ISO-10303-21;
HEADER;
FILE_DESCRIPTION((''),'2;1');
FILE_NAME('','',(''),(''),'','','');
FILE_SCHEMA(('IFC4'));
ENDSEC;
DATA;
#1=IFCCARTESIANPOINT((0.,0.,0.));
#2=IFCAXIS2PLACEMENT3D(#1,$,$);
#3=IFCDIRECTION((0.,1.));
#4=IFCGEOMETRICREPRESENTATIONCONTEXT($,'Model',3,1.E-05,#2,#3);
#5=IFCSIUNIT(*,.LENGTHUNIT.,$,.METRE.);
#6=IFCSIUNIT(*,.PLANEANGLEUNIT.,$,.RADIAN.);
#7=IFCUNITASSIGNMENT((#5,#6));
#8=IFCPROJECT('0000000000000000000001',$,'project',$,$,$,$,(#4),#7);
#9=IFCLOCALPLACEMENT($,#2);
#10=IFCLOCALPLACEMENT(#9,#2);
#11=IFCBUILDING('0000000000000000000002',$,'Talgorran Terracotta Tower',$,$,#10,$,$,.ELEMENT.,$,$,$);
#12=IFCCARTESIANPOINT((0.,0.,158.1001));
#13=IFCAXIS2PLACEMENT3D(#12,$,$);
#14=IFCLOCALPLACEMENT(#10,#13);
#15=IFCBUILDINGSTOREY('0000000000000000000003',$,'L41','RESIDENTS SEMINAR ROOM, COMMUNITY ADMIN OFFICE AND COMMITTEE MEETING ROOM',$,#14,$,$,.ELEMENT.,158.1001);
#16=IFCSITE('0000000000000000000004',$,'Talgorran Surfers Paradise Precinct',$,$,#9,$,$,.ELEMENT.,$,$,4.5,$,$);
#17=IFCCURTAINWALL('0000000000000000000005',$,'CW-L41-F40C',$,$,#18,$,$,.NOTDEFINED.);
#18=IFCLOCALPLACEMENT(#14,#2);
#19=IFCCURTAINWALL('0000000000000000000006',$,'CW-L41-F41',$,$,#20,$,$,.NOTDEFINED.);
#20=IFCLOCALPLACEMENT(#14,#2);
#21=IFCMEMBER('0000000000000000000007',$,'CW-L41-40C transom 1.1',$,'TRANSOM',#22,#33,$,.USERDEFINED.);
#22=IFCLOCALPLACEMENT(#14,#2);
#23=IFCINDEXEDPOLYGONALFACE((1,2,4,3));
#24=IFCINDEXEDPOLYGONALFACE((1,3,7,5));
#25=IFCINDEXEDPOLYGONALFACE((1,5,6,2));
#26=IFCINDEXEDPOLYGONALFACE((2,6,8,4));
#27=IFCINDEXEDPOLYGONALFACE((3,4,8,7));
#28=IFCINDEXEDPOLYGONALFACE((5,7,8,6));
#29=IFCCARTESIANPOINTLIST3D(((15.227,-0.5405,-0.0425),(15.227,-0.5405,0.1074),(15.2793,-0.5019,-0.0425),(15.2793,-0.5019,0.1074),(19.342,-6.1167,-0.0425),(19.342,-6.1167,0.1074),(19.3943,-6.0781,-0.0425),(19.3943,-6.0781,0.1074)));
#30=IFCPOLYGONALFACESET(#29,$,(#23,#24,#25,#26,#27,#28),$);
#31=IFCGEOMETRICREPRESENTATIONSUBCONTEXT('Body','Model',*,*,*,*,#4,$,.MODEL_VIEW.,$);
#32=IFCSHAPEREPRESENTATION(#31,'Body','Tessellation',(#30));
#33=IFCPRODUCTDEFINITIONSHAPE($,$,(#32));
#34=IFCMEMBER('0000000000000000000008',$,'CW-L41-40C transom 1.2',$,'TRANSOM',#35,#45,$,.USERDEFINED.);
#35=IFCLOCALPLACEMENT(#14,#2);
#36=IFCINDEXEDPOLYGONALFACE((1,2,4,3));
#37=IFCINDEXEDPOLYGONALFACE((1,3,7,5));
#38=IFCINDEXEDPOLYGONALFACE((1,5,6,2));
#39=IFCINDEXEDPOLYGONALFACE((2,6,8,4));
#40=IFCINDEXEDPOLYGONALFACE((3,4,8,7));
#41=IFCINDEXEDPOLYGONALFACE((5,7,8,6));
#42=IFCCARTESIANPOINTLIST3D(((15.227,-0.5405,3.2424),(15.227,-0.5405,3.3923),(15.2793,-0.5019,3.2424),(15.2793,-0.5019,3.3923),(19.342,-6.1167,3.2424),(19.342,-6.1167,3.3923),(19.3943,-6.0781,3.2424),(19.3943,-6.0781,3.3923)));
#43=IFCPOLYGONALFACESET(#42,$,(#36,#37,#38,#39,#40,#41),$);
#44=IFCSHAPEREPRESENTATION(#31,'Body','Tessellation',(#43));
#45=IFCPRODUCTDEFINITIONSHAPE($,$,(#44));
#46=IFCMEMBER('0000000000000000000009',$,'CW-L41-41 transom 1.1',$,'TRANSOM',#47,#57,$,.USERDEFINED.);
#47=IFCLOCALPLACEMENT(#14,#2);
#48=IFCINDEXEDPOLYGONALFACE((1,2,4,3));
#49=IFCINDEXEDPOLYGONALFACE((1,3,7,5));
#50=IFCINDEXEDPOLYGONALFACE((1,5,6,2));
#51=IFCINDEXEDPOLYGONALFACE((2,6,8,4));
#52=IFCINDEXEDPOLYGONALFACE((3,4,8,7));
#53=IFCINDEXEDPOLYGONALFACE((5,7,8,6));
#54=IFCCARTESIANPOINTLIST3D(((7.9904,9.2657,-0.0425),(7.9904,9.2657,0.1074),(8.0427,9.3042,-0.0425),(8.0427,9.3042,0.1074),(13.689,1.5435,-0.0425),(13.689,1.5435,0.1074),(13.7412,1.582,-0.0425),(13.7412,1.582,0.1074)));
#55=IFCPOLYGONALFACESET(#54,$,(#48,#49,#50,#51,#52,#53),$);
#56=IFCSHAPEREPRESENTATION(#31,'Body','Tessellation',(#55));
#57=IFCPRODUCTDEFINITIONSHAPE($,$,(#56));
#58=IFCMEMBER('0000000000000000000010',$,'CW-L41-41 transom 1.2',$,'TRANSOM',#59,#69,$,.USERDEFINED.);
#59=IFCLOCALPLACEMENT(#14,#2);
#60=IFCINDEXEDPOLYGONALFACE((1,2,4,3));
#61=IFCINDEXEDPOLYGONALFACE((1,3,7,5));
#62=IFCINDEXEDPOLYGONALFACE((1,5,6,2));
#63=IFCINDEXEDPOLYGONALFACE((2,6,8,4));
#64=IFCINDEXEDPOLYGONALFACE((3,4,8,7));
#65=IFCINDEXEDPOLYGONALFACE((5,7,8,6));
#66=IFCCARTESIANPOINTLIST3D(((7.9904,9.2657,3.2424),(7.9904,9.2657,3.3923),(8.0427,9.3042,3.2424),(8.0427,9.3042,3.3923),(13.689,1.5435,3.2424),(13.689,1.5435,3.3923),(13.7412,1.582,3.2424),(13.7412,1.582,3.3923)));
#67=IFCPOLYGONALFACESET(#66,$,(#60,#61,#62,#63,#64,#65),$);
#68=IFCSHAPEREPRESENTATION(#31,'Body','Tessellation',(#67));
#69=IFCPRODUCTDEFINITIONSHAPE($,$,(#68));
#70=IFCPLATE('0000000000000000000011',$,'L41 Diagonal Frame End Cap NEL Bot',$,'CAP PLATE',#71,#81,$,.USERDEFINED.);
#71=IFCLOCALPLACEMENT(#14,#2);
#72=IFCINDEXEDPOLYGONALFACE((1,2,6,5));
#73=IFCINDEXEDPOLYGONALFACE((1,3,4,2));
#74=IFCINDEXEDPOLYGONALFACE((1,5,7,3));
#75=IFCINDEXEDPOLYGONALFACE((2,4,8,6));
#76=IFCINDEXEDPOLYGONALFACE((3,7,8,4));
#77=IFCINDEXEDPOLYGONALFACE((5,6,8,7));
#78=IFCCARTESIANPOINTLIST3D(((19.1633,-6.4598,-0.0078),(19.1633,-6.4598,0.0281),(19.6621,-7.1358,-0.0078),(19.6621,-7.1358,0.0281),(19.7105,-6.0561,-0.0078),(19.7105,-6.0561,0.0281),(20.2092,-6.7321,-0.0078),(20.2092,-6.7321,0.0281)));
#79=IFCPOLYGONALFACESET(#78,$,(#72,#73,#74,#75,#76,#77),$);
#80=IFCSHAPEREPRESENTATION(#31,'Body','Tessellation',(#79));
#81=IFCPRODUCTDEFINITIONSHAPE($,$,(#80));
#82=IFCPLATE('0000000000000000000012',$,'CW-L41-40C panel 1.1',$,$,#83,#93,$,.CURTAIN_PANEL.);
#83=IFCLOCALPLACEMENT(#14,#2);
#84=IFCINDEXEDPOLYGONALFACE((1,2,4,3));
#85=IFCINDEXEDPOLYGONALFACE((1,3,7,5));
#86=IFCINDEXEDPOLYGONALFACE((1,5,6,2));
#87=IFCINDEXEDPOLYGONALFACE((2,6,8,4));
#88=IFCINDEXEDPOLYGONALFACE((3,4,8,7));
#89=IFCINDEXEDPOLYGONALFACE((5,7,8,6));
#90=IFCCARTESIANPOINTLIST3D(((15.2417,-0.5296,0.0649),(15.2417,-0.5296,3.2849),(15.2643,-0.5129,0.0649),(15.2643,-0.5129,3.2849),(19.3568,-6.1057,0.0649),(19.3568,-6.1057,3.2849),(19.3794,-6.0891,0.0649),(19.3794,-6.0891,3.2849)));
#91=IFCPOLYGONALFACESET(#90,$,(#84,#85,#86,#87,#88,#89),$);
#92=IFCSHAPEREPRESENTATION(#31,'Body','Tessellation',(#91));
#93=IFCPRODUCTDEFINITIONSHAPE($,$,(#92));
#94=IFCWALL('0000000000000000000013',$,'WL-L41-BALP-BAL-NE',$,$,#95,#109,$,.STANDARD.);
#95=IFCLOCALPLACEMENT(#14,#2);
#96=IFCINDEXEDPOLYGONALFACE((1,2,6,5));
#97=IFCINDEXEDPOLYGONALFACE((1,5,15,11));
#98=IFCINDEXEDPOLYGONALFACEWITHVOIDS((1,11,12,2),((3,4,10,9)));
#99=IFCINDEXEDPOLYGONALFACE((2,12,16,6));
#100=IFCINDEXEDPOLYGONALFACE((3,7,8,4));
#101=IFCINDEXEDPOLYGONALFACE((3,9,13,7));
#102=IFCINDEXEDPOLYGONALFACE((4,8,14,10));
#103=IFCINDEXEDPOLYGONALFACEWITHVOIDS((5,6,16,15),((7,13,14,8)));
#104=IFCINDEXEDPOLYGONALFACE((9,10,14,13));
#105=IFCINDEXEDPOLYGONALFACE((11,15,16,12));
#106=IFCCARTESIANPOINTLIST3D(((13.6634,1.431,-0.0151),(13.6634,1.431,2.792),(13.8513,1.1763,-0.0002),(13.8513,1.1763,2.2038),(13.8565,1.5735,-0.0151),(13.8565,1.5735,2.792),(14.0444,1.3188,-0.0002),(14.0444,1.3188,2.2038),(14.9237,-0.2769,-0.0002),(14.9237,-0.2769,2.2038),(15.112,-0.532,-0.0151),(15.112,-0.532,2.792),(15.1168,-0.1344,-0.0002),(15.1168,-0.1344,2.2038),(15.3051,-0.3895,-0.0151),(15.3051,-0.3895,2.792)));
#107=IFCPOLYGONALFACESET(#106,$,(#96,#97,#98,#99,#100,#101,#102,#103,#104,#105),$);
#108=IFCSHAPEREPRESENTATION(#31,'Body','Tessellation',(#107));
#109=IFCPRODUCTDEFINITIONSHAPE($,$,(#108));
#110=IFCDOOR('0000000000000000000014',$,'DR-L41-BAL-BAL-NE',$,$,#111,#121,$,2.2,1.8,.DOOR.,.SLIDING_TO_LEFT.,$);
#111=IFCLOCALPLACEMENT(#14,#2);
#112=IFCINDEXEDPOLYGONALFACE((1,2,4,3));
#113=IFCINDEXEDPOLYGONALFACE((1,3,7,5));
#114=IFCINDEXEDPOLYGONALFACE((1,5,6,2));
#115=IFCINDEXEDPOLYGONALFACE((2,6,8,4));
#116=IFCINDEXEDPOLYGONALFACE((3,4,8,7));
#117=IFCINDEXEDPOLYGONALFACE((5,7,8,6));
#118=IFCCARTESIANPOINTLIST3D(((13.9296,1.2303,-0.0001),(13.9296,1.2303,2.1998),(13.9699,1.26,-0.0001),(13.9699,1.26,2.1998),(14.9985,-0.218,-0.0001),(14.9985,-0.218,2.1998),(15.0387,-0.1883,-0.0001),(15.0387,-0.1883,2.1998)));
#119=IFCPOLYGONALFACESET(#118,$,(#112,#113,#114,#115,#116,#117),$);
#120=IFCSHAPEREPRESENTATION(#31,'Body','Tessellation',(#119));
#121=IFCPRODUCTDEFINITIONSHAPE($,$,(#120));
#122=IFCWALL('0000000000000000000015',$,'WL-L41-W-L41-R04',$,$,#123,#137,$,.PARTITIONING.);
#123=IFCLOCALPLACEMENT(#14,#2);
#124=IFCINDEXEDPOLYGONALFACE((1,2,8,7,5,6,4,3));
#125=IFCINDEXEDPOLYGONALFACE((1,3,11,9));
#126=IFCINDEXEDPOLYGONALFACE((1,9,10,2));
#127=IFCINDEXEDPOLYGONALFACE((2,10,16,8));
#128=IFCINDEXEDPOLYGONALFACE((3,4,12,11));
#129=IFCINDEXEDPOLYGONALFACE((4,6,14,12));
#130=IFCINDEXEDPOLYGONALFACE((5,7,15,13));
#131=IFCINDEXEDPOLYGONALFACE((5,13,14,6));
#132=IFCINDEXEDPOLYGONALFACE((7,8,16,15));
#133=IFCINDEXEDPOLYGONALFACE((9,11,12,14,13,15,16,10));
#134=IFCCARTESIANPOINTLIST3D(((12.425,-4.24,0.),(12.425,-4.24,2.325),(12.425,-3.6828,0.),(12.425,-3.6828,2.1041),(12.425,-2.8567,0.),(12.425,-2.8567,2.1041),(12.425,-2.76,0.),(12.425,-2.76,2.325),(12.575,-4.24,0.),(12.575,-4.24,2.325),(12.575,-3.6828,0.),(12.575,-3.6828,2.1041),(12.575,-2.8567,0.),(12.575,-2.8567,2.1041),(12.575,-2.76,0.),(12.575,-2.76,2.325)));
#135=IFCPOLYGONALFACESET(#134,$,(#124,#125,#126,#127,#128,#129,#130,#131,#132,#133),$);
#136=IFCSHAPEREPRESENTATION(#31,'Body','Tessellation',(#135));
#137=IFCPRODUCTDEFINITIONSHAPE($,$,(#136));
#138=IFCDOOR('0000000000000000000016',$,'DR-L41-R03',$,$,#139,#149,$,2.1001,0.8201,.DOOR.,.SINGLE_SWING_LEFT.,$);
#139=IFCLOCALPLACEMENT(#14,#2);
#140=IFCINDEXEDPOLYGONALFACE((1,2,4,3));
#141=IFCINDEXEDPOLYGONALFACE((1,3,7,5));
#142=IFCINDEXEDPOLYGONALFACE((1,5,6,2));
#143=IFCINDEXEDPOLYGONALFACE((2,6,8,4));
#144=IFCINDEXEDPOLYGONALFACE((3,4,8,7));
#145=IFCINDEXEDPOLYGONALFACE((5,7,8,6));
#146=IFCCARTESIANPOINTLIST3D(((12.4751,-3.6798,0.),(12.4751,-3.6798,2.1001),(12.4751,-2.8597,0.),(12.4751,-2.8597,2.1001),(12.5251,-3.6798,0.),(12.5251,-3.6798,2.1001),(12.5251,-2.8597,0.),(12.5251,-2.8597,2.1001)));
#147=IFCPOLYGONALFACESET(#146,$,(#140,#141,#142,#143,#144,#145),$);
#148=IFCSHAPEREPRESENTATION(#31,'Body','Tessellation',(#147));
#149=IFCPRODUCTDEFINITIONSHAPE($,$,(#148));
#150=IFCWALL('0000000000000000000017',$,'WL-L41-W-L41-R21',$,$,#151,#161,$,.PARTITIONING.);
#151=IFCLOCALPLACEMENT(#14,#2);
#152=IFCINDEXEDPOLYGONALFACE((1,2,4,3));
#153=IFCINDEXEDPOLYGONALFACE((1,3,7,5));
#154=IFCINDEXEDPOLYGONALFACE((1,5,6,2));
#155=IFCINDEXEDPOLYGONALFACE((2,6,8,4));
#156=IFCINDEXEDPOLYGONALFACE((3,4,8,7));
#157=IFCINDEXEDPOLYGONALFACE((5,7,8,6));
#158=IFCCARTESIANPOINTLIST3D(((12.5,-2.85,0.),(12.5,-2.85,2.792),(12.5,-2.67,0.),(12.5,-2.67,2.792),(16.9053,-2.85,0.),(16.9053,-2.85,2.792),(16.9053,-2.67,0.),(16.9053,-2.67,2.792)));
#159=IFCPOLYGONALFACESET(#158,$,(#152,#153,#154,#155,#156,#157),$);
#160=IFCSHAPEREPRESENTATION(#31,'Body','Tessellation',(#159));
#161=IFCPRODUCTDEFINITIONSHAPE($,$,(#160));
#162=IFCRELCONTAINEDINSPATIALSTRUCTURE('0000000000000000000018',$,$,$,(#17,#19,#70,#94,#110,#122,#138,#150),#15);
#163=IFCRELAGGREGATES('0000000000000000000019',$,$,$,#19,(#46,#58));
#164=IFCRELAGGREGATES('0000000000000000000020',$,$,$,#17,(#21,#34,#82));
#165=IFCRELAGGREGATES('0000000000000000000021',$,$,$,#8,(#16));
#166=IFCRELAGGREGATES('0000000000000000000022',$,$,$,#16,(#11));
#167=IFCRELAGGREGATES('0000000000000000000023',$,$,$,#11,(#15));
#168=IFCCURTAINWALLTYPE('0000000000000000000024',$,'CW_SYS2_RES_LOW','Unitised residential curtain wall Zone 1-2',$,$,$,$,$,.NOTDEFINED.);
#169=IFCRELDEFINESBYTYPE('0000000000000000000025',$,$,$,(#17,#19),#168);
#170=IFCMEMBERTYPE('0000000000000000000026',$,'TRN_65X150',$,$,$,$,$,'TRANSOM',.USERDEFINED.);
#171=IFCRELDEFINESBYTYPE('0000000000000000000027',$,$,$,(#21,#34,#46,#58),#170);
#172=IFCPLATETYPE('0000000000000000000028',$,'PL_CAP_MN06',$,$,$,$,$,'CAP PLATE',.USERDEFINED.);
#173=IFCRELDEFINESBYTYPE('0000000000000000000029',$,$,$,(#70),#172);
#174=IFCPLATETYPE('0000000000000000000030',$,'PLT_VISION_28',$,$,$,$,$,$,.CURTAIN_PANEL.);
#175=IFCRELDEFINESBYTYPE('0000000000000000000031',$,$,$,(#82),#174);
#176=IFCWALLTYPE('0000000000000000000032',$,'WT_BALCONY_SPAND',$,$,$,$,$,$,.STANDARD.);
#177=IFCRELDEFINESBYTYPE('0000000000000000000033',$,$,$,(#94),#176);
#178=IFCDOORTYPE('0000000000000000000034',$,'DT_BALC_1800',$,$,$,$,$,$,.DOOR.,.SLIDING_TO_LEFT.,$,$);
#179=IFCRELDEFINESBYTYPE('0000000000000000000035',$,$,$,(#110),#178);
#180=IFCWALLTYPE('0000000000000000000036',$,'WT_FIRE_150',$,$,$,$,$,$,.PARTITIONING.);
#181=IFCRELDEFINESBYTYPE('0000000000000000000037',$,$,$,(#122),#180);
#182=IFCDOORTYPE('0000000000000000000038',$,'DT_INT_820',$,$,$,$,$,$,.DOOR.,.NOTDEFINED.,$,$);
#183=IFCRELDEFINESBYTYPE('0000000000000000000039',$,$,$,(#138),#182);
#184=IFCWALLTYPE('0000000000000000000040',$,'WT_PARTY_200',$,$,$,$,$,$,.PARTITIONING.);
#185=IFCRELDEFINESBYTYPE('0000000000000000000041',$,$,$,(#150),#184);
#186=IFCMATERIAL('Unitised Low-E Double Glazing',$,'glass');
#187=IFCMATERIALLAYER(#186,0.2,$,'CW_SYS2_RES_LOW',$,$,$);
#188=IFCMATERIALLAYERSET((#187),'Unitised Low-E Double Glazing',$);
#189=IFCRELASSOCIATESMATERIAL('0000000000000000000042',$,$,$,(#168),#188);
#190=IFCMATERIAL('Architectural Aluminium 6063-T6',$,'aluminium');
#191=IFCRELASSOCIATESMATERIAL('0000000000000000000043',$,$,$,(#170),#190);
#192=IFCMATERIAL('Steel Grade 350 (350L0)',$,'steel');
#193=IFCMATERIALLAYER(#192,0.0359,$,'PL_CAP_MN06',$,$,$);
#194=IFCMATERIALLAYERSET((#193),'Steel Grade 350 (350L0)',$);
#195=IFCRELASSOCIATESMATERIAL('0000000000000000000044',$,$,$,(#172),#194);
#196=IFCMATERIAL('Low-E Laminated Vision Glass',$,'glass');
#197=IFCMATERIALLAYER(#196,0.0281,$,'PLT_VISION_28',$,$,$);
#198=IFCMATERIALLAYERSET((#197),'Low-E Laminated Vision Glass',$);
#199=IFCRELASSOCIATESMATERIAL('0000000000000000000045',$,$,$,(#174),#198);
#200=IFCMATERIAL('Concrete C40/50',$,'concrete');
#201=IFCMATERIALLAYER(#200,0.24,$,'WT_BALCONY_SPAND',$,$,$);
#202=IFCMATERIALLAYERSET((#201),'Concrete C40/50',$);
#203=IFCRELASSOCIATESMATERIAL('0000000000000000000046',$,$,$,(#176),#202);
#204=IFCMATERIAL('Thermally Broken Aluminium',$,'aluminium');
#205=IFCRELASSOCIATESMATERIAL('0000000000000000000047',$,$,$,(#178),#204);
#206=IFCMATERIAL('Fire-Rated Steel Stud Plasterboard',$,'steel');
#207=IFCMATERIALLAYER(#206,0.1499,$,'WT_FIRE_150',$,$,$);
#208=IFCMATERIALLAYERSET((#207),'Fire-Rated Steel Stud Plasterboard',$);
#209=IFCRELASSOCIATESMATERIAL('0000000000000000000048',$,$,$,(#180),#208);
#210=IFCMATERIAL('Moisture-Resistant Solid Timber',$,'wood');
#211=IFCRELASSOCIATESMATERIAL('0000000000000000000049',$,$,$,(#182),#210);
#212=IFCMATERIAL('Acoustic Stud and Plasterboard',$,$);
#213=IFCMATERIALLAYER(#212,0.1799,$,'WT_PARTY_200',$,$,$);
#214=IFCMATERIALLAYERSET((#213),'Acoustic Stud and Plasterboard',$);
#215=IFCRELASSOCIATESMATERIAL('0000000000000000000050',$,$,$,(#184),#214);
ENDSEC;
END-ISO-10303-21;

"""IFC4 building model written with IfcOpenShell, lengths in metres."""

from ifc_helpers import new_model, si_unit, direction, frame, frame_2d, origin, origin_2d, place, context, subcontext, project, spatial, rectangle, extrude, source, transform, mapped, material, layer, layer_set, material_profile, profile_set, type_object, type_shapes, element, fill, aggregate, save


model = new_model("IFC4")

# Units and contexts
model_context = context("Model", 3, precision=1e-05, world=origin(), true_north=direction((0.0, 1.0)))
body_context = subcontext(model_context, "Body", "Model", "MODEL_VIEW")
ifc_project = project(units=[si_unit("LENGTHUNIT", "METRE"), si_unit("PLANEANGLEUNIT", "RADIAN")], contexts=[model_context])

# Site, building, storey
site_placement = place(None, origin())
site = spatial("IfcSite", under=ifc_project, at=site_placement, Name="Talgorran Surfers Paradise Precinct", CompositionType="ELEMENT", RefElevation=4.5)
building_placement = place(site_placement, origin())
building = spatial("IfcBuilding", under=site, at=building_placement, Name="Talgorran Terracotta Tower", CompositionType="ELEMENT")
storey_placement = place(building_placement, frame((0.0, 0.0, 158.1001)))
storey = spatial("IfcBuildingStorey", under=building, at=storey_placement, Name="L41", Description="RESIDENTS SEMINAR ROOM, COMMUNITY ADMIN OFFICE AND COMMITTEE MEETING ROOM", CompositionType="ELEMENT", Elevation=158.1001)

# Shared definitions
ifc_material_1 = material(Name="Steel Grade 350 (350L0)", Category="steel")

# Shared definitions
ifc_material_2 = material(Name="Unitised Low-E Double Glazing", Category="glass")
ifc_layer_1 = layer(ifc_material_2, 0.2, Name="CW_SYS2_RES_LOW")
ifc_layer_set_1 = layer_set([ifc_layer_1], Name="Unitised Low-E Double Glazing")
curtain_wall_type = type_object("IfcCurtainWallType", Name="CW_SYS2_RES_LOW", Description="Unitised residential curtain wall Zone 1-2", PredefinedType="NOTDEFINED", material=ifc_layer_set_1)
ifc_material_3 = material(Name="Architectural Aluminium 6063-T6", Category="aluminium")

# Curtain wall
curtain_wall_1_placement = place(storey_placement, origin())
curtain_wall_1 = element("IfcCurtainWall", 1, at=curtain_wall_1_placement, inside=storey, type_object=curtain_wall_type, Name="CW-L41-F40C", PredefinedType="NOTDEFINED")

# Curtain wall
curtain_wall_2_placement = place(storey_placement, origin())
curtain_wall_2 = element("IfcCurtainWall", 2, at=curtain_wall_2_placement, inside=storey, type_object=curtain_wall_type, Name="CW-L41-F41", PredefinedType="NOTDEFINED")

# Members
ifc_material_profile_1 = material_profile(ifc_material_3, rectangle(XDim=0.0649, YDim=0.1499, at=origin_2d()), Name="CWT65X150")
ifc_profile_set_1 = profile_set([ifc_material_profile_1], Name="Architectural Aluminium 6063-T6")
member_type_1 = type_object("IfcMemberType", Name="TRN_65X150", ElementType="TRANSOM", PredefinedType="USERDEFINED", material=ifc_profile_set_1)
member_1_placement = place(storey_placement, frame((19.3682, -6.0974, 0.0325), z_axis=(-0.593782, 0.804626, 0.0), x_axis=(-0.804626, -0.593782, 0.0)))
member_1 = element("IfcMember", 3, at=member_1_placement, type_object=member_type_1, Name="CW-L41-40C transom 1.1", ObjectType="TRANSOM", PredefinedType="USERDEFINED", context=body_context, shape_type="SweptSolid", body=[
    extrude(rectangle(XDim=0.0649, YDim=0.1499, at=origin_2d()), origin(), (0.0, 0.0, 1.0), 6.9302),
])
member_2_placement = place(storey_placement, frame((19.3682, -6.0974, 3.3174), z_axis=(-0.593782, 0.804626, 0.0), x_axis=(-0.804626, -0.593782, 0.0)))
member_2 = element("IfcMember", 4, at=member_2_placement, type_object=member_type_1, Name="CW-L41-40C transom 1.2", ObjectType="TRANSOM", PredefinedType="USERDEFINED", context=body_context, shape_type="SweptSolid", body=[
    extrude(rectangle(XDim=0.0649, YDim=0.1499, at=origin_2d()), origin(), (0.0, 0.0, 1.0), 6.9302),
])
member_3_placement = place(storey_placement, frame((13.7151, 1.5627, 0.0325), z_axis=(-0.593771, 0.804634, 0.0), x_axis=(-0.804634, -0.593771, 0.0)))
member_3 = element("IfcMember", 5, at=member_3_placement, type_object=member_type_1, Name="CW-L41-41 transom 1.1", ObjectType="TRANSOM", PredefinedType="USERDEFINED", context=body_context, shape_type="SweptSolid", body=[
    extrude(rectangle(XDim=0.0649, YDim=0.1499, at=origin_2d()), origin(), (0.0, 0.0, 1.0), 9.5972),
])
member_4_placement = place(storey_placement, frame((13.7151, 1.5627, 3.3174), z_axis=(-0.593771, 0.804634, 0.0), x_axis=(-0.804634, -0.593771, 0.0)))
member_4 = element("IfcMember", 6, at=member_4_placement, type_object=member_type_1, Name="CW-L41-41 transom 1.2", ObjectType="TRANSOM", PredefinedType="USERDEFINED", context=body_context, shape_type="SweptSolid", body=[
    extrude(rectangle(XDim=0.0649, YDim=0.1499, at=origin_2d()), origin(), (0.0, 0.0, 1.0), 9.5972),
])
aggregate(curtain_wall_2, [member_3, member_4])

# Plates
ifc_layer_2 = layer(ifc_material_1, 0.0359, Name="PL_CAP_MN06")
ifc_layer_set_2 = layer_set([ifc_layer_2], Name="Steel Grade 350 (350L0)")
plate_type_1 = type_object("IfcPlateType", Name="PL_CAP_MN06", ElementType="CAP PLATE", PredefinedType="USERDEFINED", material=ifc_layer_set_2)
plate_1_placement = place(storey_placement, frame((19.6863, -6.5959, -0.0078), z_axis=(0.0, 0.0, 1.0), x_axis=(0.5937, -0.804687, 0.0)))
element("IfcPlate", 7, at=plate_1_placement, inside=storey, type_object=plate_type_1, Name="L41 Diagonal Frame End Cap NEL Bot", ObjectType="CAP PLATE", PredefinedType="USERDEFINED", context=body_context, shape_type="SweptSolid", body=[
    extrude(rectangle(XDim=0.8401, YDim=0.6799, at=origin_2d()), origin(), (0.0, 0.0, 1.0), 0.0359),
])
ifc_material_4 = material(Name="Low-E Laminated Vision Glass", Category="glass")
ifc_layer_3 = layer(ifc_material_4, 0.0281, Name="PLT_VISION_28")
ifc_layer_set_3 = layer_set([ifc_layer_3], Name="Low-E Laminated Vision Glass")
plate_type_2 = type_object("IfcPlateType", Name="PLT_VISION_28", PredefinedType="CURTAIN_PANEL", material=ifc_layer_set_3)
shared_shape = source(origin(), body_context, "Body", "SweptSolid", [
    extrude(rectangle(XDim=6.9302, YDim=0.0281, at=origin_2d()), origin(), (0.0, 0.0, 1.0), 3.22),
])
type_shapes(plate_type_2, [shared_shape])
plate_2_placement = place(storey_placement, frame((17.3105, -3.3093, 0.0649), z_axis=(0.0, 0.0, 1.0), x_axis=(-0.593788, 0.804621, 0.0)))
plate_2 = element("IfcPlate", 8, at=plate_2_placement, type_object=plate_type_2, Name="CW-L41-40C panel 1.1", PredefinedType="CURTAIN_PANEL", context=body_context, shape_type="MappedRepresentation", body=[
    mapped(shared_shape, transform((0.0, 0.0, 0.0), scale=1.0)),
])
aggregate(curtain_wall_1, [member_1, member_2, plate_2])

# Walls, openings, doors
ifc_material_5 = material(Name="Concrete C40/50", Category="concrete")
ifc_layer_4 = layer(ifc_material_5, 0.24, Name="WT_BALCONY_SPAND")
ifc_layer_set_4 = layer_set([ifc_layer_4], Name="Concrete C40/50")
wall_type_1 = type_object("IfcWallType", Name="WT_BALCONY_SPAND", PredefinedType="STANDARD", material=ifc_layer_set_4)
wall_1_placement = place(storey_placement, frame((15.2085, -0.4607, -0.0151), z_axis=(0.0, 0.0, 1.0), x_axis=(-0.593786, 0.804623, 0.0)))
wall_1 = element("IfcWall", 9, at=wall_1_placement, inside=storey, type_object=wall_type_1, Name="WL-L41-BALP-BAL-NE", PredefinedType="STANDARD", context=body_context, shape_type="SweptSolid", body=[
    extrude(rectangle(XDim=2.4397, YDim=0.24, at=frame_2d((1.2197, 0.0))), origin(), (0.0, 0.0, 1.0), 2.8071),
])
opening_1_placement = place(wall_1_placement, frame((0.3201, 0.0, 0.0149)))
opening_1 = element("IfcOpeningElement", 10, at=opening_1_placement, cuts=wall_1, PredefinedType="OPENING", context=body_context, shape_type="SweptSolid", body=[
    extrude(rectangle(XDim=1.806, YDim=2.204, at=frame_2d((0.8999, 1.1021))), frame((0.0, 0.1299, 0.0), z_axis=(0.0, -1.0, 0.0), x_axis=(1.0, 0.0, 0.0)), (0.0, 0.0, 1.0), 0.26),
])
ifc_material_6 = material(Name="Thermally Broken Aluminium", Category="aluminium")
door_type_1 = type_object("IfcDoorType", Name="DT_BALC_1800", OperationType="SLIDING_TO_LEFT", PredefinedType="DOOR", material=ifc_material_6)
door_1_placement = place(opening_1_placement, origin())
door_1 = element("IfcDoor", 11, at=door_1_placement, inside=storey, type_object=door_type_1, Name="DR-L41-BAL-BAL-NE", OperationType="SLIDING_TO_LEFT", OverallHeight=2.2, OverallWidth=1.8, PredefinedType="DOOR", context=body_context, shape_type="SweptSolid", body=[
    extrude(rectangle(XDim=1.8, YDim=2.2, at=frame_2d((0.8999, 1.1001))), frame((0.0, 0.0249, 0.0), z_axis=(0.0, -1.0, 0.0), x_axis=(1.0, 0.0, 0.0)), (0.0, 0.0, 1.0), 0.05),
])
fill(opening_1, door_1)
ifc_material_7 = material(Name="Fire-Rated Steel Stud Plasterboard", Category="steel")
ifc_layer_5 = layer(ifc_material_7, 0.1499, Name="WT_FIRE_150")
ifc_layer_set_5 = layer_set([ifc_layer_5], Name="Fire-Rated Steel Stud Plasterboard")
wall_type_2 = type_object("IfcWallType", Name="WT_FIRE_150", PredefinedType="PARTITIONING", material=ifc_layer_set_5)
wall_2_placement = place(storey_placement, frame((12.5, -4.24, 0.0), z_axis=(0.0, 0.0, 1.0), x_axis=(0.0, 1.0, 0.0)))
wall_2 = element("IfcWall", 12, at=wall_2_placement, inside=storey, type_object=wall_type_2, Name="WL-L41-W-L41-R04", PredefinedType="PARTITIONING", context=body_context, shape_type="SweptSolid", body=[
    extrude(rectangle(XDim=1.48, YDim=0.1499, at=frame_2d((0.74, 0.0))), origin(), (0.0, 0.0, 1.0), 2.325),
])
opening_2_placement = place(wall_2_placement, frame((0.5601, 0.0, 0.0)))
opening_2 = element("IfcOpeningElement", 13, at=opening_2_placement, cuts=wall_2, PredefinedType="OPENING", context=body_context, shape_type="SweptSolid", body=[
    extrude(rectangle(XDim=0.8261, YDim=2.1041, at=frame_2d((0.4102, 1.052))), frame((0.0, 0.085, 0.0), z_axis=(0.0, -1.0, 0.0), x_axis=(1.0, 0.0, 0.0)), (0.0, 0.0, 1.0), 0.1699),
])
ifc_material_8 = material(Name="Moisture-Resistant Solid Timber", Category="wood")
door_type_2 = type_object("IfcDoorType", Name="DT_INT_820", OperationType="NOTDEFINED", PredefinedType="DOOR", material=ifc_material_8)
door_2_placement = place(opening_2_placement, origin())
door_2 = element("IfcDoor", 14, at=door_2_placement, inside=storey, type_object=door_type_2, Name="DR-L41-R03", OperationType="SINGLE_SWING_LEFT", OverallHeight=2.1001, OverallWidth=0.8201, PredefinedType="DOOR", context=body_context, shape_type="SweptSolid", body=[
    extrude(rectangle(XDim=0.8201, YDim=2.1001, at=frame_2d((0.4102, 1.05))), frame((0.0, 0.0249, 0.0), z_axis=(0.0, -1.0, 0.0), x_axis=(1.0, 0.0, 0.0)), (0.0, 0.0, 1.0), 0.05),
])
fill(opening_2, door_2)

# Wall
ifc_material_9 = material(Name="Acoustic Stud and Plasterboard")
ifc_layer_6 = layer(ifc_material_9, 0.1799, Name="WT_PARTY_200")
ifc_layer_set_6 = layer_set([ifc_layer_6], Name="Acoustic Stud and Plasterboard")
wall_type_3 = type_object("IfcWallType", Name="WT_PARTY_200", PredefinedType="PARTITIONING", material=ifc_layer_set_6)
wall_3_placement = place(storey_placement, frame((12.5, -2.76, 0.0), z_axis=(0.0, 0.0, 1.0), x_axis=(1.0, 0.0, 0.0)))
element("IfcWall", 15, at=wall_3_placement, inside=storey, type_object=wall_type_3, Name="WL-L41-W-L41-R21", PredefinedType="PARTITIONING", context=body_context, shape_type="SweptSolid", body=[
    extrude(rectangle(XDim=4.4053, YDim=0.1799, at=frame_2d((2.2026, 0.0))), origin(), (0.0, 0.0, 1.0), 2.792),
])

save(model, "model.ifc")
